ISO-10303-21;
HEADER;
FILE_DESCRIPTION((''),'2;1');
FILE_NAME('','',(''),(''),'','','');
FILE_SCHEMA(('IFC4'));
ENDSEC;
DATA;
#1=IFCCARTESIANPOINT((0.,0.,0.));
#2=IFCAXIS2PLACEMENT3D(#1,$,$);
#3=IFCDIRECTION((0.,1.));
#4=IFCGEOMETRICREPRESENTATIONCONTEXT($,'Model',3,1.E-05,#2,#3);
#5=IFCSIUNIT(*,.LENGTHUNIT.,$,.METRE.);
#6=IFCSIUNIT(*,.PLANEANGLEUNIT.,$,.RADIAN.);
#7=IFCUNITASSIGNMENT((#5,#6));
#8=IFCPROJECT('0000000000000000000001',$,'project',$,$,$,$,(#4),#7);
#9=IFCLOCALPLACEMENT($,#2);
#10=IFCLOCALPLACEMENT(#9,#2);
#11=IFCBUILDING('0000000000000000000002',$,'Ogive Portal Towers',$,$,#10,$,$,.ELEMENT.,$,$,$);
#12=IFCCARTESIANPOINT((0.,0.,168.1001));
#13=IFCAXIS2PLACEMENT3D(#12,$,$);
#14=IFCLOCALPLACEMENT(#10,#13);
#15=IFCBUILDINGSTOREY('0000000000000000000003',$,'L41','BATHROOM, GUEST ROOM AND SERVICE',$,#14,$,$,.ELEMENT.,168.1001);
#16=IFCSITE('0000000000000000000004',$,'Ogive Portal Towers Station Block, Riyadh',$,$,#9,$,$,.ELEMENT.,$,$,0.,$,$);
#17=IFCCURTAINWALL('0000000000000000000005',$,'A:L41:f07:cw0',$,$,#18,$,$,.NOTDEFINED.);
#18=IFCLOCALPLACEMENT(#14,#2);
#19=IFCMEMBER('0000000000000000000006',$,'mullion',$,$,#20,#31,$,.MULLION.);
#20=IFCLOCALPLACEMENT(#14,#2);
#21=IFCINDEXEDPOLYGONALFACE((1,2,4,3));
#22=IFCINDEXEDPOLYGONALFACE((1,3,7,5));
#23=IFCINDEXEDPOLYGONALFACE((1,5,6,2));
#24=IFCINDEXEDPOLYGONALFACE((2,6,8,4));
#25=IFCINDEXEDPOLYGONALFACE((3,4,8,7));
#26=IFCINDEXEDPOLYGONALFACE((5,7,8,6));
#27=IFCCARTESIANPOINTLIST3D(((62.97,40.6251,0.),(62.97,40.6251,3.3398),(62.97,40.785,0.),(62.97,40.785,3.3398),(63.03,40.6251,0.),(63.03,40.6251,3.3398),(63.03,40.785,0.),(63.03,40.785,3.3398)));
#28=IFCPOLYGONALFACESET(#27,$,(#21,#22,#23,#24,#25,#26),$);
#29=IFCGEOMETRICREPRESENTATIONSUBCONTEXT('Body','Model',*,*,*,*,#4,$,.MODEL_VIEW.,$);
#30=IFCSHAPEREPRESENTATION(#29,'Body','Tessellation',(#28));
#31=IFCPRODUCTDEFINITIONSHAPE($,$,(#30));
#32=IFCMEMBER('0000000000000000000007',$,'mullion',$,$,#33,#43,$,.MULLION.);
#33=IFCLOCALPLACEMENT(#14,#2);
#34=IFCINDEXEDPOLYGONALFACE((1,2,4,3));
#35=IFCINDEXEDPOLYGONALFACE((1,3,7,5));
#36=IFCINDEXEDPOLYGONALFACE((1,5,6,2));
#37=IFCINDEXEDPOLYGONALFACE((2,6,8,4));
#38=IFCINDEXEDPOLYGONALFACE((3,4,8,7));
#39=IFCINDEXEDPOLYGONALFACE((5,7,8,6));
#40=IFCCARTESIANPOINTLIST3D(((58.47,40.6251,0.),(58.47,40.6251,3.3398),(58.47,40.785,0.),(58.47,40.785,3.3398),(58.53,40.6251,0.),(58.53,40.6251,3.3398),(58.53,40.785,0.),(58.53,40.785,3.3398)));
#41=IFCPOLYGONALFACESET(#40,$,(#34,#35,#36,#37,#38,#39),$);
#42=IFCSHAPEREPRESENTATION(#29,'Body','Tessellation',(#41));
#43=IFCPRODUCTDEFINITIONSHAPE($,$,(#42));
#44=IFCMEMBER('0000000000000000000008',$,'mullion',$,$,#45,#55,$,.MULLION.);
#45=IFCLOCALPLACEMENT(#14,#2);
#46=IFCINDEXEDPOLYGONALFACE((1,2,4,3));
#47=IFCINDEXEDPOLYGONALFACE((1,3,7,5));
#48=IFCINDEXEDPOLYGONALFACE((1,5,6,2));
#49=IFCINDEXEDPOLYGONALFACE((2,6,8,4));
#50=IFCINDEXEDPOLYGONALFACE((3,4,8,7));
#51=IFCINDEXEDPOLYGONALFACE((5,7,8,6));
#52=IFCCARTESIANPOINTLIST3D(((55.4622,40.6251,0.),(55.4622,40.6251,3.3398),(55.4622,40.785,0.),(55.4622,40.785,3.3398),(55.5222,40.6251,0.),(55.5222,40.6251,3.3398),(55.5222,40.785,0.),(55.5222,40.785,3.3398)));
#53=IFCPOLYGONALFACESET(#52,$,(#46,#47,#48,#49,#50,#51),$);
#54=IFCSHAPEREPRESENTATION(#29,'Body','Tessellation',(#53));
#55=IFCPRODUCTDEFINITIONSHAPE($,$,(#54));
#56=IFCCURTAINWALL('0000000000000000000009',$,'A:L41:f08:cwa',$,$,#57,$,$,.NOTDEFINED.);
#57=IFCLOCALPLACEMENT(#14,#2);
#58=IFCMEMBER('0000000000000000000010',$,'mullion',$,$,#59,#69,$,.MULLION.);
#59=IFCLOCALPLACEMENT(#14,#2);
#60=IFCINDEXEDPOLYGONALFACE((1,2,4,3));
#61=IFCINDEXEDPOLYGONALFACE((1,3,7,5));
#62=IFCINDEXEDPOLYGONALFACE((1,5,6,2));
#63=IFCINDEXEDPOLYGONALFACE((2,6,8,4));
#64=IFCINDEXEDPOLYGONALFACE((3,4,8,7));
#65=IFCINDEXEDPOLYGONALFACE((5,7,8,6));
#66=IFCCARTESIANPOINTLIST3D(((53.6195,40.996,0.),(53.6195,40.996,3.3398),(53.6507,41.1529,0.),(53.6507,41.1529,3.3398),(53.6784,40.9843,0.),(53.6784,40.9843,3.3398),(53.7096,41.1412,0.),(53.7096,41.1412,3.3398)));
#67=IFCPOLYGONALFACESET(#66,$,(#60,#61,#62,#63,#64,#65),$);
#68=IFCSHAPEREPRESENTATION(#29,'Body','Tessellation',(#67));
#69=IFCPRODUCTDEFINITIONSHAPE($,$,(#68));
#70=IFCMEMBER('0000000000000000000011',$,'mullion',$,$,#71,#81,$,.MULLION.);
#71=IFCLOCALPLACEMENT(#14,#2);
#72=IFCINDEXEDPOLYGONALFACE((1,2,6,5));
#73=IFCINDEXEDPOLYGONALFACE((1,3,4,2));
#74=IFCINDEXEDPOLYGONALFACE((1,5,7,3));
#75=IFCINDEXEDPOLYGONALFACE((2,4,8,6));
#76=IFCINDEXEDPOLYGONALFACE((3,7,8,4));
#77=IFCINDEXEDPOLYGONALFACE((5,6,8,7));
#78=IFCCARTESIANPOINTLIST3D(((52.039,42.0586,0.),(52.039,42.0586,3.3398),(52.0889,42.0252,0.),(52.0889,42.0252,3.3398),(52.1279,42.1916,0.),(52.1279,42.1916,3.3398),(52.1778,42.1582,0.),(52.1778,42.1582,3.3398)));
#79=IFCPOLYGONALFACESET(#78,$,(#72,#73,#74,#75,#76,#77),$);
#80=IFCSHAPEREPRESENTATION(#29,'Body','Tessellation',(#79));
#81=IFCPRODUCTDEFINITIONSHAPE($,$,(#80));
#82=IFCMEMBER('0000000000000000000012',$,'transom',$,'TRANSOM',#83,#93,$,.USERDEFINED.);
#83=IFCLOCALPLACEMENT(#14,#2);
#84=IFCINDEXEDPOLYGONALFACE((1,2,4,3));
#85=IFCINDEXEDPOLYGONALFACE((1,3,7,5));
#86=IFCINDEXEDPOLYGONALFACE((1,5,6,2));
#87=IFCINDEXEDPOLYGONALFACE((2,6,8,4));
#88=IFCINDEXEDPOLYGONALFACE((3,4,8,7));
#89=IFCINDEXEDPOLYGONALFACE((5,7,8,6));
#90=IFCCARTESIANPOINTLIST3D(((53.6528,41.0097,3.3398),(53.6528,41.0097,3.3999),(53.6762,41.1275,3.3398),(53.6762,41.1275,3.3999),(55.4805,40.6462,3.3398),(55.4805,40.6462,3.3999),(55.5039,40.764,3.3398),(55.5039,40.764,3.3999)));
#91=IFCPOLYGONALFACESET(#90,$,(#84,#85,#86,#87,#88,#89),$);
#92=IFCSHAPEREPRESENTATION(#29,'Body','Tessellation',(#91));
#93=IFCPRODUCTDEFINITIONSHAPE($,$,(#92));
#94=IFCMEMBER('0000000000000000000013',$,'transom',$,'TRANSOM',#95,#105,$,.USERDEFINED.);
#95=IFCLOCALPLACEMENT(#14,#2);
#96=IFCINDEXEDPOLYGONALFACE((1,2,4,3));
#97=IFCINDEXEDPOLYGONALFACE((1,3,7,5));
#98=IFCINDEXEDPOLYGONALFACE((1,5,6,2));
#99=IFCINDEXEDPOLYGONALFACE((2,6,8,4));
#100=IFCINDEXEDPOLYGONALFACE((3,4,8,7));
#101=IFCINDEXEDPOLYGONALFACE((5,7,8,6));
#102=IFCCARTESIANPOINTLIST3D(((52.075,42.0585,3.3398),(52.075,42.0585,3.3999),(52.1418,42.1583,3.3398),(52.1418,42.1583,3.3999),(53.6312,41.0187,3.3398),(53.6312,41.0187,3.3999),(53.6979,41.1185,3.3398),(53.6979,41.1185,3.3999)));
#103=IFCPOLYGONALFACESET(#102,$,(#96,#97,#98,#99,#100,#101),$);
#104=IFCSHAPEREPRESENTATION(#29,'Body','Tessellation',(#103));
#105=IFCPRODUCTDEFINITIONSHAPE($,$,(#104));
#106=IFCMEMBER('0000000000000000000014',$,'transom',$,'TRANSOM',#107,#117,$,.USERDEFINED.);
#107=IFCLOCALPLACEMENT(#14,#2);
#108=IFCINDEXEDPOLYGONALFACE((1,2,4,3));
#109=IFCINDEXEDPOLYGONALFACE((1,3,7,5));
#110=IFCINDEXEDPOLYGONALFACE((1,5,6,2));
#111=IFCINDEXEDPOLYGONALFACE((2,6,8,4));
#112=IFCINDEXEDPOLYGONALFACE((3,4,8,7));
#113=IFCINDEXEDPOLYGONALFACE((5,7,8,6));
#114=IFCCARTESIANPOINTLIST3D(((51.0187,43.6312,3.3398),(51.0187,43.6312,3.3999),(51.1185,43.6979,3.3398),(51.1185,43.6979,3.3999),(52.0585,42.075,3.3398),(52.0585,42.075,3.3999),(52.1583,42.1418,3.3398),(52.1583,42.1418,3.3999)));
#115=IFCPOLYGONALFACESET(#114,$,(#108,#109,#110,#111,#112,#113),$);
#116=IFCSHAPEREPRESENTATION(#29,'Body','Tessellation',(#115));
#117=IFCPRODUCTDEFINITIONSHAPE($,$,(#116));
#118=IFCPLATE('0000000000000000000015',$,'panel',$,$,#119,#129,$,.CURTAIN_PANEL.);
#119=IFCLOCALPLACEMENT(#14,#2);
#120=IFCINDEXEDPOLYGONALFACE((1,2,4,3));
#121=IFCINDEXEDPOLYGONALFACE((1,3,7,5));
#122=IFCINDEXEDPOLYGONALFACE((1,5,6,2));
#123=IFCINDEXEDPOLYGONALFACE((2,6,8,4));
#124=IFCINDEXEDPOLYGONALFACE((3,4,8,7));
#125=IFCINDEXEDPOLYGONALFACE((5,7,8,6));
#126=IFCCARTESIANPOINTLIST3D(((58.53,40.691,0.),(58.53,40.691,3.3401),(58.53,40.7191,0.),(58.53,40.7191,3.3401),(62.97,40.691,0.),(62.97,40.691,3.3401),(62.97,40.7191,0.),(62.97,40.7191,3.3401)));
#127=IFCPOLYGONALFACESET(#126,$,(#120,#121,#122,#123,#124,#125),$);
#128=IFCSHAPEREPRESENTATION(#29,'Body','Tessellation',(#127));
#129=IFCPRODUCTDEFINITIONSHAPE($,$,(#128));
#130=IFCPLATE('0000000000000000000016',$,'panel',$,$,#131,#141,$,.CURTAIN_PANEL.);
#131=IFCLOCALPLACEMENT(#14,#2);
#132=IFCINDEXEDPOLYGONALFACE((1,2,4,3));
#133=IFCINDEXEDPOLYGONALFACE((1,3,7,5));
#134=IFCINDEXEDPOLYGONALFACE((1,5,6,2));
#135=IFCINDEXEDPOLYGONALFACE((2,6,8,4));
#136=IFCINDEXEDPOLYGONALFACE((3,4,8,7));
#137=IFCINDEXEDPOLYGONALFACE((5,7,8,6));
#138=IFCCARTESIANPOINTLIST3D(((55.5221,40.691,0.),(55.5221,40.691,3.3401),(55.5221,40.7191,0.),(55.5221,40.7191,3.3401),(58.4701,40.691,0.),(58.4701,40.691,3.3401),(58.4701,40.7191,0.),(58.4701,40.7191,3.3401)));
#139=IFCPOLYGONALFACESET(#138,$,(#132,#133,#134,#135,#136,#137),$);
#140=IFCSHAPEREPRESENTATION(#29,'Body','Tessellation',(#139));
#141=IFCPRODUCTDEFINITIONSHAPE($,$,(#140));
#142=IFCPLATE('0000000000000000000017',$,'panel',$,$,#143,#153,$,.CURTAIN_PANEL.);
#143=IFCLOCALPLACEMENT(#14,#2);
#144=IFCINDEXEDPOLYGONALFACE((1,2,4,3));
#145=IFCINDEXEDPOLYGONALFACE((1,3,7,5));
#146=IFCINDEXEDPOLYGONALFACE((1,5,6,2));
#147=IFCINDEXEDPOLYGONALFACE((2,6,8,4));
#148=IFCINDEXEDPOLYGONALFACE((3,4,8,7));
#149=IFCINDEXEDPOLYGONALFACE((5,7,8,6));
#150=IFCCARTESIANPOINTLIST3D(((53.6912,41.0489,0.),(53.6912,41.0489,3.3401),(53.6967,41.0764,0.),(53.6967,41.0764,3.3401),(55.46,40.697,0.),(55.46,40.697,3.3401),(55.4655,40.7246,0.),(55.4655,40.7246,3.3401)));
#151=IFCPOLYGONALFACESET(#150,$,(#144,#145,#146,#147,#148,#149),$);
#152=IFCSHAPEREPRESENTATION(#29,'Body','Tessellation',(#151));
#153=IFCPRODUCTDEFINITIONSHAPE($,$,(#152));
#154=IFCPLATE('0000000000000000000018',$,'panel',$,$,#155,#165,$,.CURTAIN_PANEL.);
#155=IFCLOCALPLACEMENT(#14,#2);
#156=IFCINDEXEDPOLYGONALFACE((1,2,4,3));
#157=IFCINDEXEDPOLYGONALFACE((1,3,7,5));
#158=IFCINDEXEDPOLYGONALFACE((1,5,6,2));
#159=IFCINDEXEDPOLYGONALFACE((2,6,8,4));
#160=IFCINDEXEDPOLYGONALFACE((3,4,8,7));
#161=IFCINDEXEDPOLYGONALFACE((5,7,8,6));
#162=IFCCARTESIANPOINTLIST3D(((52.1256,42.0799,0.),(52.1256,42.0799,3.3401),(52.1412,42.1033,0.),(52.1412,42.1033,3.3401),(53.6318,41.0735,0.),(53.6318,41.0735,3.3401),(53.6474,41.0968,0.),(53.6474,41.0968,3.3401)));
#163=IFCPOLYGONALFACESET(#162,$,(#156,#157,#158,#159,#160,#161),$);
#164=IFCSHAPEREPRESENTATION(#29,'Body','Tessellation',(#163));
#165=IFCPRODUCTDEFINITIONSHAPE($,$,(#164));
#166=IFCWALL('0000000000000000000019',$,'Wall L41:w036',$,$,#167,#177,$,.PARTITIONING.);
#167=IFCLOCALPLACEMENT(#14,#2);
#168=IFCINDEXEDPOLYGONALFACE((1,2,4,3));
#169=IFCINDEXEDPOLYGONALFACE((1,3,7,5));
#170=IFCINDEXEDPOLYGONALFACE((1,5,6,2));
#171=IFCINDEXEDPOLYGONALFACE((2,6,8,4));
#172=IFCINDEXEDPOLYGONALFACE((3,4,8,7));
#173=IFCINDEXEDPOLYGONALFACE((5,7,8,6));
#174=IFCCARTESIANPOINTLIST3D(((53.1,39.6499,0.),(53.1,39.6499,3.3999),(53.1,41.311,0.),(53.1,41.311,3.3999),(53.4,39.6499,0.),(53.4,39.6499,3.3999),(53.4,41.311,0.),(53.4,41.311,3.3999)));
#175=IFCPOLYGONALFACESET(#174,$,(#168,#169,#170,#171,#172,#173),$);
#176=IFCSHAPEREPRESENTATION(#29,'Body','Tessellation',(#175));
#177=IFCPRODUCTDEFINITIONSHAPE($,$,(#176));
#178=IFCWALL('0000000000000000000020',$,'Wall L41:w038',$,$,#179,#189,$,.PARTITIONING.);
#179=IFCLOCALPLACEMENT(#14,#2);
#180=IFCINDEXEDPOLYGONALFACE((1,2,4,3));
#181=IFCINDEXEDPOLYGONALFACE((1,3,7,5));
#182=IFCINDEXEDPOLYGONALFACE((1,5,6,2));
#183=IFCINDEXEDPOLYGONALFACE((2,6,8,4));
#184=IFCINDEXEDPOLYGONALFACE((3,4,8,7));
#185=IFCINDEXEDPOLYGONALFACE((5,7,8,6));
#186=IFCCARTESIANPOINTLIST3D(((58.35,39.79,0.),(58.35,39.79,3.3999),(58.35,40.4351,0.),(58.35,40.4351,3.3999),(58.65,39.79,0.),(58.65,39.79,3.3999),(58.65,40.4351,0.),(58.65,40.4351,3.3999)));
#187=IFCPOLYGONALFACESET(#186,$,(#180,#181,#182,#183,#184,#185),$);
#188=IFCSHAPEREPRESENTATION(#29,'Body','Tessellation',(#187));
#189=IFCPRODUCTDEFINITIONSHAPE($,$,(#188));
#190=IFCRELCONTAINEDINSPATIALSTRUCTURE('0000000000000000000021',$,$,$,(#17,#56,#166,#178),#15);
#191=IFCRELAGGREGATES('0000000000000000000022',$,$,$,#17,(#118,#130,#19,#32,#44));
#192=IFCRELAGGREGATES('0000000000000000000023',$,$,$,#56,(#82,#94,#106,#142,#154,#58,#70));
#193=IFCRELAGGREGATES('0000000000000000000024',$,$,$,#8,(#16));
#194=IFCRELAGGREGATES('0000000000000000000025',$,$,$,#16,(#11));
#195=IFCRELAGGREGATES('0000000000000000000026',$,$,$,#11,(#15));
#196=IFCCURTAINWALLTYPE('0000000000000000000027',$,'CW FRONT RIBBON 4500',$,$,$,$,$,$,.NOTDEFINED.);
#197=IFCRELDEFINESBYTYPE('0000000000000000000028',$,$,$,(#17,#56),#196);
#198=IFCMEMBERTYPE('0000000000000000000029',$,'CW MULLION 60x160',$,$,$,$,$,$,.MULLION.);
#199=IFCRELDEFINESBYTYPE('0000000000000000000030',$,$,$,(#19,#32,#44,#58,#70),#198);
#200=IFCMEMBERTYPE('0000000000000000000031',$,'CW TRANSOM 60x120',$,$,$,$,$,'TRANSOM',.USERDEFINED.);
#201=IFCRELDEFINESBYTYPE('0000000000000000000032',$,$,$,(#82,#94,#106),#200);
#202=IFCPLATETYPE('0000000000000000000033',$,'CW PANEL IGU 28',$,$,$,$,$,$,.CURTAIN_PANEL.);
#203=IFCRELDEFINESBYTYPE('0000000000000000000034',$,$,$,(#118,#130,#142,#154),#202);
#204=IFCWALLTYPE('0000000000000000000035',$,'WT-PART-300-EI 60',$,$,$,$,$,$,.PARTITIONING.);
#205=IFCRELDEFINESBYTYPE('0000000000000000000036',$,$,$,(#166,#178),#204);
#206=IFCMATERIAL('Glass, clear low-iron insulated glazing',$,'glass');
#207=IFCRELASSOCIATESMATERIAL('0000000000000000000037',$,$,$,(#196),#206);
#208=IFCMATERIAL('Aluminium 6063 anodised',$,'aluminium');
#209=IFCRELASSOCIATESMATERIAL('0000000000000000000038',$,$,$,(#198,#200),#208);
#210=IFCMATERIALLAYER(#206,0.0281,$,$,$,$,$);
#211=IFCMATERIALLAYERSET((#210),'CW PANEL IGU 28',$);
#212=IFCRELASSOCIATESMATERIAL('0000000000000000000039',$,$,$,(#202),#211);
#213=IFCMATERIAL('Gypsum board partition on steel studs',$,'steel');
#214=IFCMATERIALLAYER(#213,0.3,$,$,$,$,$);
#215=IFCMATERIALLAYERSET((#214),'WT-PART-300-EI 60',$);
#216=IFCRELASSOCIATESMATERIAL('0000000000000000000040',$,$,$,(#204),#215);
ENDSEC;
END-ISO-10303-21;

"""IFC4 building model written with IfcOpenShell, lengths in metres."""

from ifc_helpers import new_model, si_unit, direction, frame, frame_2d, origin, origin_2d, place, context, subcontext, project, spatial, rectangle, extrude, material, layer, layer_set, material_profile, profile_set, type_object, element, aggregate, save


model = new_model("IFC4")

# Units and contexts
model_context = context("Model", 3, precision=1e-05, world=origin(), true_north=direction((0.0, 1.0)))
body_context = subcontext(model_context, "Body", "Model", "MODEL_VIEW")
ifc_project = project(units=[si_unit("LENGTHUNIT", "METRE"), si_unit("PLANEANGLEUNIT", "RADIAN")], contexts=[model_context])

# Site, building, storey
site_placement = place(None, origin())
site = spatial("IfcSite", under=ifc_project, at=site_placement, Name="Ogive Portal Towers Station Block, Riyadh", CompositionType="ELEMENT", RefElevation=0.0)
building_placement = place(site_placement, origin())
building = spatial("IfcBuilding", under=site, at=building_placement, Name="Ogive Portal Towers", CompositionType="ELEMENT")
storey_placement = place(building_placement, frame((0.0, 0.0, 168.1001)))
storey = spatial("IfcBuildingStorey", under=building, at=storey_placement, Name="L41", Description="BATHROOM, GUEST ROOM AND SERVICE", CompositionType="ELEMENT", Elevation=168.1001)

# Curtain walls, members
ifc_material_1 = material(Name="Glass, clear low-iron insulated glazing", Category="glass")
curtain_wall_type = type_object("IfcCurtainWallType", Name="CW FRONT RIBBON 4500", PredefinedType="NOTDEFINED", material=ifc_material_1)
curtain_wall_1_placement = place(storey_placement, origin())
curtain_wall_1 = element("IfcCurtainWall", 1, at=curtain_wall_1_placement, inside=storey, type_object=curtain_wall_type, Name="A:L41:f07:cw0", PredefinedType="NOTDEFINED")
ifc_material_2 = material(Name="Aluminium 6063 anodised", Category="aluminium")
ifc_material_profile_1 = material_profile(ifc_material_2, rectangle(XDim=0.1599, YDim=0.0601, at=origin_2d()), Name="AL 60x160")
ifc_profile_set_1 = profile_set([ifc_material_profile_1], Name="Aluminium 6063 anodised")
member_type_1 = type_object("IfcMemberType", Name="CW MULLION 60x160", PredefinedType="MULLION", material=ifc_profile_set_1)
member_1_placement = place(storey_placement, frame((63.0, 40.7051, 0.0), z_axis=(0.0, 0.0, 1.0), x_axis=(0.0, -1.0, 0.0)))
member_1 = element("IfcMember", 2, at=member_1_placement, type_object=member_type_1, Name="mullion", PredefinedType="MULLION", context=body_context, shape_type="SweptSolid", body=[
    extrude(rectangle(XDim=0.1599, YDim=0.0601, at=origin_2d()), origin(), (0.0, 0.0, 1.0), 3.3398),
])
member_2_placement = place(storey_placement, frame((58.5, 40.7051, 0.0), z_axis=(0.0, 0.0, 1.0), x_axis=(0.0, -1.0, 0.0)))
member_2 = element("IfcMember", 3, at=member_2_placement, type_object=member_type_1, Name="mullion", PredefinedType="MULLION", context=body_context, shape_type="SweptSolid", body=[
    extrude(rectangle(XDim=0.1599, YDim=0.0601, at=origin_2d()), origin(), (0.0, 0.0, 1.0), 3.3398),
])
member_3_placement = place(storey_placement, frame((55.4922, 40.7051, 0.0), z_axis=(0.0, 0.0, 1.0), x_axis=(0.0, -1.0, 0.0)))
member_3 = element("IfcMember", 4, at=member_3_placement, type_object=member_type_1, Name="mullion", PredefinedType="MULLION", context=body_context, shape_type="SweptSolid", body=[
    extrude(rectangle(XDim=0.1599, YDim=0.0601, at=origin_2d()), origin(), (0.0, 0.0, 1.0), 3.3398),
])
curtain_wall_2_placement = place(storey_placement, origin())
curtain_wall_2 = element("IfcCurtainWall", 5, at=curtain_wall_2_placement, inside=storey, type_object=curtain_wall_type, Name="A:L41:f08:cwa", PredefinedType="NOTDEFINED")
member_4_placement = place(storey_placement, frame((53.6646, 41.0686, 0.0), z_axis=(0.0, 0.0, 1.0), x_axis=(-0.19509, -0.980785, 0.0)))
member_4 = element("IfcMember", 6, at=member_4_placement, type_object=member_type_1, Name="mullion", PredefinedType="MULLION", context=body_context, shape_type="SweptSolid", body=[
    extrude(rectangle(XDim=0.1599, YDim=0.0601, at=origin_2d()), origin(), (0.0, 0.0, 1.0), 3.3398),
])
member_5_placement = place(storey_placement, frame((52.1084, 42.1084, 0.0), z_axis=(0.0, 0.0, 1.0), x_axis=(-0.55557, -0.83147, 0.0)))
member_5 = element("IfcMember", 7, at=member_5_placement, type_object=member_type_1, Name="mullion", PredefinedType="MULLION", context=body_context, shape_type="SweptSolid", body=[
    extrude(rectangle(XDim=0.1599, YDim=0.0601, at=origin_2d()), origin(), (0.0, 0.0, 1.0), 3.3398),
])
ifc_material_profile_2 = material_profile(ifc_material_2, rectangle(XDim=0.1201, YDim=0.0601, at=origin_2d()), Name="AL 120x60")
ifc_profile_set_2 = profile_set([ifc_material_profile_2], Name="Aluminium 6063 anodised")
member_type_2 = type_object("IfcMemberType", Name="CW TRANSOM 60x120", ElementType="TRANSOM", PredefinedType="USERDEFINED", material=ifc_profile_set_2)
member_6_placement = place(storey_placement, frame((55.4922, 40.7051, 3.3699), z_axis=(-0.980787, 0.195083, 0.0), x_axis=(-0.195083, -0.980787, 0.0)))
member_6 = element("IfcMember", 8, at=member_6_placement, type_object=member_type_2, Name="transom", ObjectType="TRANSOM", PredefinedType="USERDEFINED", context=body_context, shape_type="SweptSolid", body=[
    extrude(rectangle(XDim=0.1201, YDim=0.0601, at=origin_2d()), origin(), (0.0, 0.0, 1.0), 1.8635),
])
member_7_placement = place(storey_placement, frame((53.6646, 41.0686, 3.3699), z_axis=(-0.831468, 0.555573, 0.0), x_axis=(-0.555573, -0.831468, 0.0)))
member_7 = element("IfcMember", 9, at=member_7_placement, type_object=member_type_2, Name="transom", ObjectType="TRANSOM", PredefinedType="USERDEFINED", context=body_context, shape_type="SweptSolid", body=[
    extrude(rectangle(XDim=0.1201, YDim=0.0601, at=origin_2d()), origin(), (0.0, 0.0, 1.0), 1.8716),
])
member_8_placement = place(storey_placement, frame((52.1084, 42.1084, 3.3699), z_axis=(-0.555573, 0.831468, 0.0), x_axis=(-0.831468, -0.555573, 0.0)))
member_8 = element("IfcMember", 10, at=member_8_placement, type_object=member_type_2, Name="transom", ObjectType="TRANSOM", PredefinedType="USERDEFINED", context=body_context, shape_type="SweptSolid", body=[
    extrude(rectangle(XDim=0.1201, YDim=0.0601, at=origin_2d()), origin(), (0.0, 0.0, 1.0), 1.8716),
])

# Plates
ifc_layer_1 = layer(ifc_material_1, 0.0281)
ifc_layer_set_1 = layer_set([ifc_layer_1], Name="CW PANEL IGU 28")
plate_type = type_object("IfcPlateType", Name="CW PANEL IGU 28", PredefinedType="CURTAIN_PANEL", material=ifc_layer_set_1)
plate_1_placement = place(storey_placement, frame((60.75, 40.7051, 0.0), z_axis=(0.0, 0.0, 1.0), x_axis=(-1.0, 0.0, 0.0)))
plate_1 = element("IfcPlate", 11, at=plate_1_placement, type_object=plate_type, Name="panel", PredefinedType="CURTAIN_PANEL", context=body_context, shape_type="SweptSolid", body=[
    extrude(rectangle(XDim=4.4399, YDim=0.0281, at=origin_2d()), origin(), (0.0, 0.0, 1.0), 3.3401),
])
plate_2_placement = place(storey_placement, frame((56.9961, 40.7051, 0.0), z_axis=(0.0, 0.0, 1.0), x_axis=(-1.0, 0.0, 0.0)))
plate_2 = element("IfcPlate", 12, at=plate_2_placement, type_object=plate_type, Name="panel", PredefinedType="CURTAIN_PANEL", context=body_context, shape_type="SweptSolid", body=[
    extrude(rectangle(XDim=2.948, YDim=0.0281, at=origin_2d()), origin(), (0.0, 0.0, 1.0), 3.3401),
])
aggregate(curtain_wall_1, [plate_1, plate_2, member_1, member_2, member_3])
plate_3_placement = place(storey_placement, frame((54.5784, 40.8867, 0.0), z_axis=(0.0, 0.0, 1.0), x_axis=(-0.980785, 0.19509, 0.0)))
plate_3 = element("IfcPlate", 13, at=plate_3_placement, type_object=plate_type, Name="panel", PredefinedType="CURTAIN_PANEL", context=body_context, shape_type="SweptSolid", body=[
    extrude(rectangle(XDim=1.8035, YDim=0.0281, at=origin_2d()), origin(), (0.0, 0.0, 1.0), 3.3401),
])
plate_4_placement = place(storey_placement, frame((52.8865, 41.5884, 0.0), z_axis=(0.0, 0.0, 1.0), x_axis=(-0.83147, 0.55557, 0.0)))
plate_4 = element("IfcPlate", 14, at=plate_4_placement, type_object=plate_type, Name="panel", PredefinedType="CURTAIN_PANEL", context=body_context, shape_type="SweptSolid", body=[
    extrude(rectangle(XDim=1.8115, YDim=0.0281, at=origin_2d()), origin(), (0.0, 0.0, 1.0), 3.3401),
])
aggregate(curtain_wall_2, [member_6, member_7, member_8, plate_3, plate_4, member_4, member_5])

# Walls
ifc_material_3 = material(Name="Gypsum board partition on steel studs", Category="steel")
ifc_layer_2 = layer(ifc_material_3, 0.3)
ifc_layer_set_2 = layer_set([ifc_layer_2], Name="WT-PART-300-EI 60")
wall_type = type_object("IfcWallType", Name="WT-PART-300-EI 60", PredefinedType="PARTITIONING", material=ifc_layer_set_2)
wall_1_placement = place(storey_placement, frame((53.25, 39.6499, 0.0), z_axis=(0.0, 0.0, 1.0), x_axis=(0.0, 1.0, 0.0)))
element("IfcWall", 15, at=wall_1_placement, inside=storey, type_object=wall_type, Name="Wall L41:w036", PredefinedType="PARTITIONING", context=body_context, shape_type="SweptSolid", body=[
    extrude(rectangle(XDim=1.6611, YDim=0.3, at=frame_2d((0.8306, 0.0))), origin(), (0.0, 0.0, 1.0), 3.3999),
])
wall_2_placement = place(storey_placement, frame((58.5, 39.79, 0.0), z_axis=(0.0, 0.0, 1.0), x_axis=(0.0, 1.0, 0.0)))
element("IfcWall", 16, at=wall_2_placement, inside=storey, type_object=wall_type, Name="Wall L41:w038", PredefinedType="PARTITIONING", context=body_context, shape_type="SweptSolid", body=[
    extrude(rectangle(XDim=0.645, YDim=0.3, at=frame_2d((0.3225, 0.0))), origin(), (0.0, 0.0, 1.0), 3.3999),
])

save(model, "model.ifc")
